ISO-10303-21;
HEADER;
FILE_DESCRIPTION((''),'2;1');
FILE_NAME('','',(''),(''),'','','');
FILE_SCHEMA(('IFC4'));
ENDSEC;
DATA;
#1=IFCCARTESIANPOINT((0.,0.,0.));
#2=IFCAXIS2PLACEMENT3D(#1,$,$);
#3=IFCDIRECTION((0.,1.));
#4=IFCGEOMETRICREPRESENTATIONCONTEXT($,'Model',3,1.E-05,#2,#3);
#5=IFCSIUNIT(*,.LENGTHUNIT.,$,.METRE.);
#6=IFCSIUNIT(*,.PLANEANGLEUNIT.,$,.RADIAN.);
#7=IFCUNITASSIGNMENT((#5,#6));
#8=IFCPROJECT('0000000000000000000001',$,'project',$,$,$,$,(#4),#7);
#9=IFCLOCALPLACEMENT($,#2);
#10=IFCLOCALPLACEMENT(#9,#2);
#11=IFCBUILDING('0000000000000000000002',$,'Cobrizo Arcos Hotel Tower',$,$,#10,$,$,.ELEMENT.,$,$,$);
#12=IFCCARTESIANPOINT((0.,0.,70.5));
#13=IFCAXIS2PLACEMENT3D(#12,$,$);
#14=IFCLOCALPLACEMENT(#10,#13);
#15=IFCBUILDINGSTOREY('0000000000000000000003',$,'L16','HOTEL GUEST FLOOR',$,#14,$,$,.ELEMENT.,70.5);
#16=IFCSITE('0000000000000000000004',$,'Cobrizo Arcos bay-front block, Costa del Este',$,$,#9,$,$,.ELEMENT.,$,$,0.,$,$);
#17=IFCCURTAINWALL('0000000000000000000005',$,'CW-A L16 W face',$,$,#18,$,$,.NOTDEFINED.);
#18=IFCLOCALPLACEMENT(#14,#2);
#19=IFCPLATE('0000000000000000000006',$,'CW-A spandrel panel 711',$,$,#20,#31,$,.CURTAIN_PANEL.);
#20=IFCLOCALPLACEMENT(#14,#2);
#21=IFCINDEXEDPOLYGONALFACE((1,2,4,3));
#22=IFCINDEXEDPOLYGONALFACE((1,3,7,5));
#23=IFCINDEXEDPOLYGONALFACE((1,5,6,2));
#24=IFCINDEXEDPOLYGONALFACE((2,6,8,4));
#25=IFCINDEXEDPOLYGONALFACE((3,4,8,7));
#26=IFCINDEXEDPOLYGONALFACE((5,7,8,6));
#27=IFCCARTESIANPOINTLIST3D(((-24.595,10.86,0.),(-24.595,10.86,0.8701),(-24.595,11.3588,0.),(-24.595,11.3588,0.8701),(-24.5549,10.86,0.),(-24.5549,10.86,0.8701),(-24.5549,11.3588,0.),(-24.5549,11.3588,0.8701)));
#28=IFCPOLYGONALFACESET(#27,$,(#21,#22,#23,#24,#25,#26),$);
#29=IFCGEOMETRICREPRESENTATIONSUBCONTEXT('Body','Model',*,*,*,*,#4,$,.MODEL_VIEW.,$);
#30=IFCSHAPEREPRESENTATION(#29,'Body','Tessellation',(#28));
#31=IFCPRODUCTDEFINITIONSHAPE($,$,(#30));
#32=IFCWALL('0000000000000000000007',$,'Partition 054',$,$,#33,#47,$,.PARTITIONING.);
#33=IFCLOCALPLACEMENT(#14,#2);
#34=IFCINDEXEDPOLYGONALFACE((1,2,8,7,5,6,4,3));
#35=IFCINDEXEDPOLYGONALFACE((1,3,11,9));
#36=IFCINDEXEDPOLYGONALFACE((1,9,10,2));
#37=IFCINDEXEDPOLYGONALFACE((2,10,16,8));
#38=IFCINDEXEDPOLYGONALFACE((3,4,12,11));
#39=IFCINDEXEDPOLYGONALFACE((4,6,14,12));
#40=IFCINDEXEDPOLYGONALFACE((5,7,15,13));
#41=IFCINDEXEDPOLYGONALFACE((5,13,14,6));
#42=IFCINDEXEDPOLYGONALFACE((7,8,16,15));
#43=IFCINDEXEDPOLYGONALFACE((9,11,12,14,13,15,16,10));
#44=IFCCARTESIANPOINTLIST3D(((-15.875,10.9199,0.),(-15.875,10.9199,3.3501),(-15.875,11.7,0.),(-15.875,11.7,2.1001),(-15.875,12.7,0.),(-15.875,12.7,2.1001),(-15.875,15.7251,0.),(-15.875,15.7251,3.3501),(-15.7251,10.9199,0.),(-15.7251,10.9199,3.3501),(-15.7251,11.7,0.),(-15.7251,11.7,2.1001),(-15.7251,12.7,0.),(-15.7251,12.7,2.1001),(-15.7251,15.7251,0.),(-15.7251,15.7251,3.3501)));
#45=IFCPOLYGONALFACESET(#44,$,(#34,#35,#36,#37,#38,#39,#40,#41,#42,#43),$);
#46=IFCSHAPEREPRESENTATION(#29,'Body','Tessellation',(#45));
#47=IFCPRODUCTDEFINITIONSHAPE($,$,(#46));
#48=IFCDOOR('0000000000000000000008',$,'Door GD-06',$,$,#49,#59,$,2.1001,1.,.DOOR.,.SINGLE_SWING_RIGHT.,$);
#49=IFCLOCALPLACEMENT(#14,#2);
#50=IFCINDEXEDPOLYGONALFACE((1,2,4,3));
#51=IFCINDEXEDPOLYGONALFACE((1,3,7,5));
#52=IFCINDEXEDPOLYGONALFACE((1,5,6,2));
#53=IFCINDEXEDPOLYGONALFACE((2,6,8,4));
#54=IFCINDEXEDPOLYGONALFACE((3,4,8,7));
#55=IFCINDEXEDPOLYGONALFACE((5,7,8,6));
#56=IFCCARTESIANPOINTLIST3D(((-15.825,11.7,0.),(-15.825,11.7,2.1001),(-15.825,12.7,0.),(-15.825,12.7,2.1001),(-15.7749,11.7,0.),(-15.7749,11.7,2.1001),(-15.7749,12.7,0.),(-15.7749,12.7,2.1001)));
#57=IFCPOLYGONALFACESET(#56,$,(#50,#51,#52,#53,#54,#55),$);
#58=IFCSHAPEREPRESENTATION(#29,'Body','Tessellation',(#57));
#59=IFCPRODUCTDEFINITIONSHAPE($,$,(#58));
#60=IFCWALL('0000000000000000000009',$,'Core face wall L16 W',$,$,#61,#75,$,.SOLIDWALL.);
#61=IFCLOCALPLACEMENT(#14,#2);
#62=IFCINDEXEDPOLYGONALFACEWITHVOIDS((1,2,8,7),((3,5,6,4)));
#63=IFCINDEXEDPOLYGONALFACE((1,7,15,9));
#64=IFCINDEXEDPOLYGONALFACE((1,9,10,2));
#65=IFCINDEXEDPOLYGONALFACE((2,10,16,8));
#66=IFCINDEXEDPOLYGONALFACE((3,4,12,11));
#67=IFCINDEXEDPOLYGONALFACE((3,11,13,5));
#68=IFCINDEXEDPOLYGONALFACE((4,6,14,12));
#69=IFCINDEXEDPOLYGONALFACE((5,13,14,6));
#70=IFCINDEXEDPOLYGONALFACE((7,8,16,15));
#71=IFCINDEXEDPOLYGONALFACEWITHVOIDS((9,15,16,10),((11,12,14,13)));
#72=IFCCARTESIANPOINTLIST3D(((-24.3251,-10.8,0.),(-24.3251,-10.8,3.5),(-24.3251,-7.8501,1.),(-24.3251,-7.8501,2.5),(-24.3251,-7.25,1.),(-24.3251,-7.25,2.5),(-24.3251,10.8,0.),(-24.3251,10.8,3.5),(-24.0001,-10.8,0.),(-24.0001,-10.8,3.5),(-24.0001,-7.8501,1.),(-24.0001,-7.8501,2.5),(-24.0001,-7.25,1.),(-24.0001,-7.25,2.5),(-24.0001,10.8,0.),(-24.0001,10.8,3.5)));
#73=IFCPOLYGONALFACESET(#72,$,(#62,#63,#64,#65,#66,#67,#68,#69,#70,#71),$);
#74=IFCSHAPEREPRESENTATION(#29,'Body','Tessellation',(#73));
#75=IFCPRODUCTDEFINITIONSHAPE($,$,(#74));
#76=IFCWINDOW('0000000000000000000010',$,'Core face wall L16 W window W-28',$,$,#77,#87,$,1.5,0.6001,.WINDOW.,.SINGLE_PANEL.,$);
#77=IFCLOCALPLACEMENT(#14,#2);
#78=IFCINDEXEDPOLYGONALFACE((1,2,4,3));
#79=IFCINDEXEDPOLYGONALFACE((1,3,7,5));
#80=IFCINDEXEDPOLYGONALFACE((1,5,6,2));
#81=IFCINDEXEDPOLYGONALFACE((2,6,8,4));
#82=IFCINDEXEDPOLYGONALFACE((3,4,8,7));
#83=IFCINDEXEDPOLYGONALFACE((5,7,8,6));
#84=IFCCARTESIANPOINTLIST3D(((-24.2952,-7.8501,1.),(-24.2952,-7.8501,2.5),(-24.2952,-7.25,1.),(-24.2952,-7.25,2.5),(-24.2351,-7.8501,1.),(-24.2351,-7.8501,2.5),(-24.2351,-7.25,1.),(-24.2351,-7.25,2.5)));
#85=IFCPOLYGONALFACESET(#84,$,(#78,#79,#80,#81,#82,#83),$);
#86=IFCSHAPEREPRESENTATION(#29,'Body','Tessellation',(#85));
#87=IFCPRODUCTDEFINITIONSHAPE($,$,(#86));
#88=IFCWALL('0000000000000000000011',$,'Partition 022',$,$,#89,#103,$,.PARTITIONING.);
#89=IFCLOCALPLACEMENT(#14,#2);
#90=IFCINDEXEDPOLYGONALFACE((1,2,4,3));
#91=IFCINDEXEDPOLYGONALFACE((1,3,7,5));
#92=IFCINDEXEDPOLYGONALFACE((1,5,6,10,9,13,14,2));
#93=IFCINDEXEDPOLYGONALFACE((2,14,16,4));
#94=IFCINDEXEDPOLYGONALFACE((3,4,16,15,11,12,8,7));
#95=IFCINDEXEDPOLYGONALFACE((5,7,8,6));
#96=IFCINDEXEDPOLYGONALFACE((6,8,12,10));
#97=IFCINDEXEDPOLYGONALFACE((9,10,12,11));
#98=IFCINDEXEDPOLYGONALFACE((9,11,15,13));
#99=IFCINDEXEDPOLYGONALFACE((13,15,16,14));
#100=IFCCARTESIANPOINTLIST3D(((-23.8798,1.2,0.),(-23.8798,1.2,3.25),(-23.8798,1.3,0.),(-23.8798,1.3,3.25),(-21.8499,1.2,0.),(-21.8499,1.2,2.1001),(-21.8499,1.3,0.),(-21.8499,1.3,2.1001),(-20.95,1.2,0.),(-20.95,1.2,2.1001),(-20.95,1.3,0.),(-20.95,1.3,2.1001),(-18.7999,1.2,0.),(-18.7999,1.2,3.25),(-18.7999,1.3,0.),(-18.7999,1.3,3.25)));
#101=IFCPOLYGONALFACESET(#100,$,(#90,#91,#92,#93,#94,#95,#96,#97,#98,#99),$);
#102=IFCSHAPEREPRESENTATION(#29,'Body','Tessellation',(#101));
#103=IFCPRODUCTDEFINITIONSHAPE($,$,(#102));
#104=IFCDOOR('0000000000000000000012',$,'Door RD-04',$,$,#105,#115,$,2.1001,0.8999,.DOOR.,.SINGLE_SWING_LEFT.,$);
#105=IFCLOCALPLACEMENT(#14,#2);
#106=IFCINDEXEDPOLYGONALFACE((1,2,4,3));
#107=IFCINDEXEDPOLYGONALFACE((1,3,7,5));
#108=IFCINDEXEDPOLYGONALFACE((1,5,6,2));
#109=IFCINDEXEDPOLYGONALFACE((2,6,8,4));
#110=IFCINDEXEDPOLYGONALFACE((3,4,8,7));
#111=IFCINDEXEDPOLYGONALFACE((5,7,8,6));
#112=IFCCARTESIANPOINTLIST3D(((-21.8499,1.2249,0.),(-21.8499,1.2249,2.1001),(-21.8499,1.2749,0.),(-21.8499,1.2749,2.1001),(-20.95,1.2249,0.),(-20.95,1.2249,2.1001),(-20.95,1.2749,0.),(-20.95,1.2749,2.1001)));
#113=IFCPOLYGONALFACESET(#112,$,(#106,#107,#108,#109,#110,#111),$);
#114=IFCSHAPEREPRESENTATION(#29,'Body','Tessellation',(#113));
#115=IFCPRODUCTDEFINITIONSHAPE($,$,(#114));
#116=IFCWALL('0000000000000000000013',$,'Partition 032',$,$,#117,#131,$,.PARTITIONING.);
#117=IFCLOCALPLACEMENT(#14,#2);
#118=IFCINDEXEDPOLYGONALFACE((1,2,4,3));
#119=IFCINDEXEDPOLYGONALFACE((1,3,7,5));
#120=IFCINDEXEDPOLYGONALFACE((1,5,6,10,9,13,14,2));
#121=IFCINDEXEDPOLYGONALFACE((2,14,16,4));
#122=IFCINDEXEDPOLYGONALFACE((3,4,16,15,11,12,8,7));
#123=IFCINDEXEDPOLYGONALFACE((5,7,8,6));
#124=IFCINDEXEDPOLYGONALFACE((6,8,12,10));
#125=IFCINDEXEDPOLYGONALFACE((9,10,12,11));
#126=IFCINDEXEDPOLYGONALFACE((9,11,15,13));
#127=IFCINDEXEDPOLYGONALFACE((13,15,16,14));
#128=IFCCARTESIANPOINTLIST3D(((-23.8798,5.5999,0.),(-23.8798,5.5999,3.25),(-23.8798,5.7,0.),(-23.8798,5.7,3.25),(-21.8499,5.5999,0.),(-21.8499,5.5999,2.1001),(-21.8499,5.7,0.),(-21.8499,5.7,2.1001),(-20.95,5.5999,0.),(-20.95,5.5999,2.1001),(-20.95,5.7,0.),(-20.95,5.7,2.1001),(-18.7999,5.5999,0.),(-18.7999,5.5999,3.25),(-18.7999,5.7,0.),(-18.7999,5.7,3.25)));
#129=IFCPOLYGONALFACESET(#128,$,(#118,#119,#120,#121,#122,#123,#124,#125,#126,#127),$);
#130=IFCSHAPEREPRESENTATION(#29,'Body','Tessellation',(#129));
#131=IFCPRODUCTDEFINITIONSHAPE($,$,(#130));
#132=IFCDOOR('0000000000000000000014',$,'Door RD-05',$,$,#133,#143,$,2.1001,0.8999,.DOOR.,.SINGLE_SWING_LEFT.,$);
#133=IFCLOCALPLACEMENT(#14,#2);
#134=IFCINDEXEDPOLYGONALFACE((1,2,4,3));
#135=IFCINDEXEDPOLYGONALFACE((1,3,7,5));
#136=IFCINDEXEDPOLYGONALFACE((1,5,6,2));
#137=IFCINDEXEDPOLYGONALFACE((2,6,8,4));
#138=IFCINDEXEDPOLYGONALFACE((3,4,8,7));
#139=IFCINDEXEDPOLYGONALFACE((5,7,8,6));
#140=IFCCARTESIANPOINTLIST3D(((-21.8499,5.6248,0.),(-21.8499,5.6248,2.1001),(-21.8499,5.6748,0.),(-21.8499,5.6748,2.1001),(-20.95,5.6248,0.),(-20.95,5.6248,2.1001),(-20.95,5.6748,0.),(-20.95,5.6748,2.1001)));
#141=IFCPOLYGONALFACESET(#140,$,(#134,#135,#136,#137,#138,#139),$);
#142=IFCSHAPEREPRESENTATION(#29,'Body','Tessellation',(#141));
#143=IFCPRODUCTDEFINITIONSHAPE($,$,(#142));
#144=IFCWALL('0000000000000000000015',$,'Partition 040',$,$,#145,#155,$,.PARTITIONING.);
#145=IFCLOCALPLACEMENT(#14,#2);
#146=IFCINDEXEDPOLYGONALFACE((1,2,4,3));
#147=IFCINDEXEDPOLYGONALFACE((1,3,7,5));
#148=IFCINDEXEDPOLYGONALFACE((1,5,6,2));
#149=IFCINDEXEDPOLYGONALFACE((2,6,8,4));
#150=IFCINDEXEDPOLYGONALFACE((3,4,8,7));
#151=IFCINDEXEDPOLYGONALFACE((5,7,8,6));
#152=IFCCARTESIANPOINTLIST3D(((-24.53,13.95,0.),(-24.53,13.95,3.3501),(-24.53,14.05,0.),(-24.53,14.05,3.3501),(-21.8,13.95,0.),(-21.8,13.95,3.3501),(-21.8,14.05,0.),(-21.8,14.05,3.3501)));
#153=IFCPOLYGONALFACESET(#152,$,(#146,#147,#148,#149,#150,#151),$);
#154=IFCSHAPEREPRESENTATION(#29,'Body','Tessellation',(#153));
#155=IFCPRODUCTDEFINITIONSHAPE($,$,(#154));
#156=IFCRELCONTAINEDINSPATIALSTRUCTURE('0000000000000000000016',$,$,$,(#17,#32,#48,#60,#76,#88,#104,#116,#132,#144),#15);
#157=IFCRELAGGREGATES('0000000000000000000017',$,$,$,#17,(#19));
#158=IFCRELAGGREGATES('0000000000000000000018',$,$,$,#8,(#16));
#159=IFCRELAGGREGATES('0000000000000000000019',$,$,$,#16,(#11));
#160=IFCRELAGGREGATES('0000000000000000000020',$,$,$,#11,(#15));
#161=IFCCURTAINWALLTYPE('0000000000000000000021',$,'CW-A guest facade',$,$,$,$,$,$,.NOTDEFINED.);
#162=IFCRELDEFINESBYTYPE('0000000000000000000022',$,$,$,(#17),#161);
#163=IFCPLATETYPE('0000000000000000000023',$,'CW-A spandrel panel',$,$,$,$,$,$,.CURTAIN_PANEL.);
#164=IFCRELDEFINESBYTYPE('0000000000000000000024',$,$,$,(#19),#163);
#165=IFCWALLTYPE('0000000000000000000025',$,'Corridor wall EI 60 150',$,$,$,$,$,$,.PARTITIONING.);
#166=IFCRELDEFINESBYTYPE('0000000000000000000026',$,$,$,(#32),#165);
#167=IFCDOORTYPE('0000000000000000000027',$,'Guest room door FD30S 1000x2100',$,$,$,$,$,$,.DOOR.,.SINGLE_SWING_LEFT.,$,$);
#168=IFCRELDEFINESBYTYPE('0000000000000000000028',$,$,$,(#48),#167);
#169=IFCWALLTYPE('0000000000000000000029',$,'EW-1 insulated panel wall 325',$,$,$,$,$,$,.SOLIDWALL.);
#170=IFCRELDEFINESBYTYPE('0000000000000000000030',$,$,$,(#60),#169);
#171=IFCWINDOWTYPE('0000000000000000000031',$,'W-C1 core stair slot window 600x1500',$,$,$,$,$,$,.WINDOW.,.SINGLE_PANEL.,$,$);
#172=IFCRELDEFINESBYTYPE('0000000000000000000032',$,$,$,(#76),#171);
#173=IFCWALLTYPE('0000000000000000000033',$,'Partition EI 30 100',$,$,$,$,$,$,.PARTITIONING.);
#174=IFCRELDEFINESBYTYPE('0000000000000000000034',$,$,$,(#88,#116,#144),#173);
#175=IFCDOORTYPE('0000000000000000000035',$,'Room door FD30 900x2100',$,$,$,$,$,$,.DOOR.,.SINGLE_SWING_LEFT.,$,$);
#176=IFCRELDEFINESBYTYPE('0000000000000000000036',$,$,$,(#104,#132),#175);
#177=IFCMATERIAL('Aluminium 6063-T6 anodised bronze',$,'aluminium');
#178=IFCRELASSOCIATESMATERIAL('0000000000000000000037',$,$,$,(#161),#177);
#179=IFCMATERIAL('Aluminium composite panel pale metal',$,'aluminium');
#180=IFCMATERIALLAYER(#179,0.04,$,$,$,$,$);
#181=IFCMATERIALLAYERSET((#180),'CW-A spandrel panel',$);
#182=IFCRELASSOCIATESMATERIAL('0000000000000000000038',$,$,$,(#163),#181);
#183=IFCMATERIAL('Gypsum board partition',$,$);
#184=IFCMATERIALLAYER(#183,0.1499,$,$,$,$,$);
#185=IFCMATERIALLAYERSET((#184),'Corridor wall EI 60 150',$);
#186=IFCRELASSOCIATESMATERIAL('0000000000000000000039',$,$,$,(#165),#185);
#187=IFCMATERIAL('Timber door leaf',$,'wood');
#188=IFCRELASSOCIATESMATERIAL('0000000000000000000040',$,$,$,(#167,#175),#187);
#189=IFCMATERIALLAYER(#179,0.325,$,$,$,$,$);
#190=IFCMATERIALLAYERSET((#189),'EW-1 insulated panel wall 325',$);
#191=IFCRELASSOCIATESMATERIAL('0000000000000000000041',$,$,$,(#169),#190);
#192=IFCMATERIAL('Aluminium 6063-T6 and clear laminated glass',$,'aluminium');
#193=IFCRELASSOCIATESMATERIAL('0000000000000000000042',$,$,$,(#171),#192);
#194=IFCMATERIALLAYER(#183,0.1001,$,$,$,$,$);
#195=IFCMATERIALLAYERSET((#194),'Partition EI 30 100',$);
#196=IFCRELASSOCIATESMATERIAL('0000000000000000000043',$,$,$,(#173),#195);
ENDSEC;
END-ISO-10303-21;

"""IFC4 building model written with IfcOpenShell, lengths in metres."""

from ifc_helpers import new_model, si_unit, direction, frame, frame_2d, origin, origin_2d, place, context, subcontext, project, spatial, rectangle, extrude, material, layer, layer_set, type_object, element, fill, aggregate, save


model = new_model("IFC4")

# Units and contexts
model_context = context("Model", 3, precision=1e-05, world=origin(), true_north=direction((0.0, 1.0)))
body_context = subcontext(model_context, "Body", "Model", "MODEL_VIEW")
ifc_project = project(units=[si_unit("LENGTHUNIT", "METRE"), si_unit("PLANEANGLEUNIT", "RADIAN")], contexts=[model_context])

# Site, building, storey
site_placement = place(None, origin())
site = spatial("IfcSite", under=ifc_project, at=site_placement, Name="Cobrizo Arcos bay-front block, Costa del Este", CompositionType="ELEMENT", RefElevation=0.0)
building_placement = place(site_placement, origin())
building = spatial("IfcBuilding", under=site, at=building_placement, Name="Cobrizo Arcos Hotel Tower", CompositionType="ELEMENT")
storey_placement = place(building_placement, frame((0.0, 0.0, 70.5)))
storey = spatial("IfcBuildingStorey", under=building, at=storey_placement, Name="L16", Description="HOTEL GUEST FLOOR", CompositionType="ELEMENT", Elevation=70.5)

# Curtain wall
ifc_material_1 = material(Name="Aluminium 6063-T6 anodised bronze", Category="aluminium")
curtain_wall_type = type_object("IfcCurtainWallType", Name="CW-A guest facade", PredefinedType="NOTDEFINED", material=ifc_material_1)
curtain_wall_placement = place(storey_placement, origin())
curtain_wall = element("IfcCurtainWall", 1, at=curtain_wall_placement, inside=storey, type_object=curtain_wall_type, Name="CW-A L16 W face", PredefinedType="NOTDEFINED")

# Plate
ifc_material_2 = material(Name="Aluminium composite panel pale metal", Category="aluminium")
ifc_layer_1 = layer(ifc_material_2, 0.04)
ifc_layer_set_1 = layer_set([ifc_layer_1], Name="CW-A spandrel panel")
plate_type_1 = type_object("IfcPlateType", Name="CW-A spandrel panel", PredefinedType="CURTAIN_PANEL", material=ifc_layer_set_1)
plate_1_placement = place(storey_placement, frame((-24.575, 11.1094, 0.0), z_axis=(0.0, 0.0, 1.0), x_axis=(0.0, -1.0, 0.0)))
plate_1 = element("IfcPlate", 2, at=plate_1_placement, type_object=plate_type_1, Name="CW-A spandrel panel 711", PredefinedType="CURTAIN_PANEL", context=body_context, shape_type="SweptSolid", body=[
    extrude(rectangle(XDim=0.4988, YDim=0.04, at=origin_2d()), origin(), (0.0, 0.0, 1.0), 0.8701),
])
aggregate(curtain_wall, [plate_1])

# Wall, opening, door
ifc_material_3 = material(Name="Gypsum board partition")
ifc_layer_2 = layer(ifc_material_3, 0.1499)
ifc_layer_set_2 = layer_set([ifc_layer_2], Name="Corridor wall EI 60 150")
wall_type_1 = type_object("IfcWallType", Name="Corridor wall EI 60 150", PredefinedType="PARTITIONING", material=ifc_layer_set_2)
wall_1_placement = place(storey_placement, frame((-15.8, 10.9199, 0.0), z_axis=(0.0, 0.0, 1.0), x_axis=(0.0, 1.0, 0.0)))
wall_1 = element("IfcWall", 3, at=wall_1_placement, inside=storey, type_object=wall_type_1, Name="Partition 054", PredefinedType="PARTITIONING", context=body_context, shape_type="SweptSolid", body=[
    extrude(rectangle(XDim=4.8052, YDim=0.1499, at=frame_2d((2.4026, 0.0))), origin(), (0.0, 0.0, 1.0), 3.3501),
])
opening_1_placement = place(wall_1_placement, frame((0.78, 0.0, 0.0)))
opening_1 = element("IfcOpeningElement", 4, at=opening_1_placement, cuts=wall_1, PredefinedType="OPENING", context=body_context, shape_type="SweptSolid", body=[
    extrude(rectangle(XDim=1.0, YDim=2.1001, at=frame_2d((0.5, 1.05))), frame((0.0, 0.0869, 0.0), z_axis=(0.0, -1.0, 0.0), x_axis=(1.0, 0.0, 0.0)), (0.0, 0.0, 1.0), 0.1738),
])
ifc_material_4 = material(Name="Timber door leaf", Category="wood")
door_type_1 = type_object("IfcDoorType", Name="Guest room door FD30S 1000x2100", OperationType="SINGLE_SWING_LEFT", PredefinedType="DOOR", material=ifc_material_4)
door_1_placement = place(opening_1_placement, origin())
door_1 = element("IfcDoor", 5, at=door_1_placement, inside=storey, type_object=door_type_1, Name="Door GD-06", OperationType="SINGLE_SWING_RIGHT", OverallHeight=2.1001, OverallWidth=1.0, PredefinedType="DOOR", context=body_context, shape_type="SweptSolid", body=[
    extrude(rectangle(XDim=1.0, YDim=2.1001, at=frame_2d((0.5, 1.05))), frame((0.0, 0.0249, 0.0), z_axis=(0.0, -1.0, 0.0), x_axis=(1.0, 0.0, 0.0)), (0.0, 0.0, 1.0), 0.05),
])
fill(opening_1, door_1)

# Wall, opening, window
ifc_layer_3 = layer(ifc_material_2, 0.325)
ifc_layer_set_3 = layer_set([ifc_layer_3], Name="EW-1 insulated panel wall 325")
wall_type_2 = type_object("IfcWallType", Name="EW-1 insulated panel wall 325", PredefinedType="SOLIDWALL", material=ifc_layer_set_3)
wall_2_placement = place(storey_placement, frame((-24.1626, 10.8, 0.0), z_axis=(0.0, 0.0, 1.0), x_axis=(0.0, -1.0, 0.0)))
wall_2 = element("IfcWall", 6, at=wall_2_placement, inside=storey, type_object=wall_type_2, Name="Core face wall L16 W", PredefinedType="SOLIDWALL", context=body_context, shape_type="SweptSolid", body=[
    extrude(rectangle(XDim=21.6001, YDim=0.325, at=frame_2d((10.8, 0.0))), origin(), (0.0, 0.0, 1.0), 3.5),
])
opening_2_placement = place(wall_2_placement, frame((18.05, 0.0, 1.0)))
opening_2 = element("IfcOpeningElement", 7, at=opening_2_placement, cuts=wall_2, PredefinedType="OPENING", context=body_context, shape_type="SweptSolid", body=[
    extrude(rectangle(XDim=0.6001, YDim=1.5, at=frame_2d((0.3, 0.75))), frame((0.0, 0.1746, 0.0), z_axis=(0.0, -1.0, 0.0), x_axis=(1.0, 0.0, 0.0)), (0.0, 0.0, 1.0), 0.3489),
])
ifc_material_5 = material(Name="Aluminium 6063-T6 and clear laminated glass", Category="aluminium")
window_type = type_object("IfcWindowType", Name="W-C1 core stair slot window 600x1500", PartitioningType="SINGLE_PANEL", PredefinedType="WINDOW", material=ifc_material_5)
window_placement = place(opening_2_placement, origin())
window = element("IfcWindow", 8, at=window_placement, inside=storey, type_object=window_type, Name="Core face wall L16 W window W-28", OverallHeight=1.5, OverallWidth=0.6001, PartitioningType="SINGLE_PANEL", PredefinedType="WINDOW", context=body_context, shape_type="SweptSolid", body=[
    extrude(rectangle(XDim=0.6001, YDim=1.5, at=frame_2d((0.3, 0.75))), frame((0.0, -0.0725, 0.0), z_axis=(0.0, -1.0, 0.0), x_axis=(1.0, 0.0, 0.0)), (0.0, 0.0, 1.0), 0.0601),
])
fill(opening_2, window)

# Walls, openings, doors
ifc_layer_4 = layer(ifc_material_3, 0.1001)
ifc_layer_set_4 = layer_set([ifc_layer_4], Name="Partition EI 30 100")
wall_type_3 = type_object("IfcWallType", Name="Partition EI 30 100", PredefinedType="PARTITIONING", material=ifc_layer_set_4)
wall_3_placement = place(storey_placement, frame((-23.8799, 1.25, 0.0), z_axis=(0.0, 0.0, 1.0), x_axis=(1.0, 0.0, 0.0)))
wall_3 = element("IfcWall", 9, at=wall_3_placement, inside=storey, type_object=wall_type_3, Name="Partition 022", PredefinedType="PARTITIONING", context=body_context, shape_type="SweptSolid", body=[
    extrude(rectangle(XDim=5.0798, YDim=0.1001, at=frame_2d((2.54, 0.0))), origin(), (0.0, 0.0, 1.0), 3.25),
])
opening_3_placement = place(wall_3_placement, frame((2.03, 0.0, 0.0)))
opening_3 = element("IfcOpeningElement", 10, at=opening_3_placement, cuts=wall_3, PredefinedType="OPENING", context=body_context, shape_type="SweptSolid", body=[
    extrude(rectangle(XDim=0.8999, YDim=2.1001, at=frame_2d((0.45, 1.05))), frame((0.0, 0.062, 0.0), z_axis=(0.0, -1.0, 0.0), x_axis=(1.0, 0.0, 0.0)), (0.0, 0.0, 1.0), 0.124),
])
door_type_2 = type_object("IfcDoorType", Name="Room door FD30 900x2100", OperationType="SINGLE_SWING_LEFT", PredefinedType="DOOR", material=ifc_material_4)
door_2_placement = place(opening_3_placement, origin())
door_2 = element("IfcDoor", 11, at=door_2_placement, inside=storey, type_object=door_type_2, Name="Door RD-04", OperationType="SINGLE_SWING_LEFT", OverallHeight=2.1001, OverallWidth=0.8999, PredefinedType="DOOR", context=body_context, shape_type="SweptSolid", body=[
    extrude(rectangle(XDim=0.8999, YDim=2.1001, at=frame_2d((0.45, 1.05))), frame((0.0, 0.0249, 0.0), z_axis=(0.0, -1.0, 0.0), x_axis=(1.0, 0.0, 0.0)), (0.0, 0.0, 1.0), 0.05),
])
fill(opening_3, door_2)
wall_4_placement = place(storey_placement, frame((-23.8799, 5.6499, 0.0), z_axis=(0.0, 0.0, 1.0), x_axis=(1.0, 0.0, 0.0)))
wall_4 = element("IfcWall", 12, at=wall_4_placement, inside=storey, type_object=wall_type_3, Name="Partition 032", PredefinedType="PARTITIONING", context=body_context, shape_type="SweptSolid", body=[
    extrude(rectangle(XDim=5.0798, YDim=0.1001, at=frame_2d((2.54, 0.0))), origin(), (0.0, 0.0, 1.0), 3.25),
])
opening_4_placement = place(wall_4_placement, frame((2.03, 0.0, 0.0)))
opening_4 = element("IfcOpeningElement", 13, at=opening_4_placement, cuts=wall_4, PredefinedType="OPENING", context=body_context, shape_type="SweptSolid", body=[
    extrude(rectangle(XDim=0.8999, YDim=2.1001, at=frame_2d((0.45, 1.05))), frame((0.0, 0.062, 0.0), z_axis=(0.0, -1.0, 0.0), x_axis=(1.0, 0.0, 0.0)), (0.0, 0.0, 1.0), 0.124),
])
door_3_placement = place(opening_4_placement, origin())
door_3 = element("IfcDoor", 14, at=door_3_placement, inside=storey, type_object=door_type_2, Name="Door RD-05", OperationType="SINGLE_SWING_LEFT", OverallHeight=2.1001, OverallWidth=0.8999, PredefinedType="DOOR", context=body_context, shape_type="SweptSolid", body=[
    extrude(rectangle(XDim=0.8999, YDim=2.1001, at=frame_2d((0.45, 1.05))), frame((0.0, 0.0249, 0.0), z_axis=(0.0, -1.0, 0.0), x_axis=(1.0, 0.0, 0.0)), (0.0, 0.0, 1.0), 0.05),
])
fill(opening_4, door_3)

# Wall
wall_5_placement = place(storey_placement, frame((-24.53, 14.0, 0.0), z_axis=(0.0, 0.0, 1.0), x_axis=(1.0, 0.0, 0.0)))
element("IfcWall", 15, at=wall_5_placement, inside=storey, type_object=wall_type_3, Name="Partition 040", PredefinedType="PARTITIONING", context=body_context, shape_type="SweptSolid", body=[
    extrude(rectangle(XDim=2.73, YDim=0.1001, at=frame_2d((1.365, 0.0))), origin(), (0.0, 0.0, 1.0), 3.3501),
])

save(model, "model.ifc")
